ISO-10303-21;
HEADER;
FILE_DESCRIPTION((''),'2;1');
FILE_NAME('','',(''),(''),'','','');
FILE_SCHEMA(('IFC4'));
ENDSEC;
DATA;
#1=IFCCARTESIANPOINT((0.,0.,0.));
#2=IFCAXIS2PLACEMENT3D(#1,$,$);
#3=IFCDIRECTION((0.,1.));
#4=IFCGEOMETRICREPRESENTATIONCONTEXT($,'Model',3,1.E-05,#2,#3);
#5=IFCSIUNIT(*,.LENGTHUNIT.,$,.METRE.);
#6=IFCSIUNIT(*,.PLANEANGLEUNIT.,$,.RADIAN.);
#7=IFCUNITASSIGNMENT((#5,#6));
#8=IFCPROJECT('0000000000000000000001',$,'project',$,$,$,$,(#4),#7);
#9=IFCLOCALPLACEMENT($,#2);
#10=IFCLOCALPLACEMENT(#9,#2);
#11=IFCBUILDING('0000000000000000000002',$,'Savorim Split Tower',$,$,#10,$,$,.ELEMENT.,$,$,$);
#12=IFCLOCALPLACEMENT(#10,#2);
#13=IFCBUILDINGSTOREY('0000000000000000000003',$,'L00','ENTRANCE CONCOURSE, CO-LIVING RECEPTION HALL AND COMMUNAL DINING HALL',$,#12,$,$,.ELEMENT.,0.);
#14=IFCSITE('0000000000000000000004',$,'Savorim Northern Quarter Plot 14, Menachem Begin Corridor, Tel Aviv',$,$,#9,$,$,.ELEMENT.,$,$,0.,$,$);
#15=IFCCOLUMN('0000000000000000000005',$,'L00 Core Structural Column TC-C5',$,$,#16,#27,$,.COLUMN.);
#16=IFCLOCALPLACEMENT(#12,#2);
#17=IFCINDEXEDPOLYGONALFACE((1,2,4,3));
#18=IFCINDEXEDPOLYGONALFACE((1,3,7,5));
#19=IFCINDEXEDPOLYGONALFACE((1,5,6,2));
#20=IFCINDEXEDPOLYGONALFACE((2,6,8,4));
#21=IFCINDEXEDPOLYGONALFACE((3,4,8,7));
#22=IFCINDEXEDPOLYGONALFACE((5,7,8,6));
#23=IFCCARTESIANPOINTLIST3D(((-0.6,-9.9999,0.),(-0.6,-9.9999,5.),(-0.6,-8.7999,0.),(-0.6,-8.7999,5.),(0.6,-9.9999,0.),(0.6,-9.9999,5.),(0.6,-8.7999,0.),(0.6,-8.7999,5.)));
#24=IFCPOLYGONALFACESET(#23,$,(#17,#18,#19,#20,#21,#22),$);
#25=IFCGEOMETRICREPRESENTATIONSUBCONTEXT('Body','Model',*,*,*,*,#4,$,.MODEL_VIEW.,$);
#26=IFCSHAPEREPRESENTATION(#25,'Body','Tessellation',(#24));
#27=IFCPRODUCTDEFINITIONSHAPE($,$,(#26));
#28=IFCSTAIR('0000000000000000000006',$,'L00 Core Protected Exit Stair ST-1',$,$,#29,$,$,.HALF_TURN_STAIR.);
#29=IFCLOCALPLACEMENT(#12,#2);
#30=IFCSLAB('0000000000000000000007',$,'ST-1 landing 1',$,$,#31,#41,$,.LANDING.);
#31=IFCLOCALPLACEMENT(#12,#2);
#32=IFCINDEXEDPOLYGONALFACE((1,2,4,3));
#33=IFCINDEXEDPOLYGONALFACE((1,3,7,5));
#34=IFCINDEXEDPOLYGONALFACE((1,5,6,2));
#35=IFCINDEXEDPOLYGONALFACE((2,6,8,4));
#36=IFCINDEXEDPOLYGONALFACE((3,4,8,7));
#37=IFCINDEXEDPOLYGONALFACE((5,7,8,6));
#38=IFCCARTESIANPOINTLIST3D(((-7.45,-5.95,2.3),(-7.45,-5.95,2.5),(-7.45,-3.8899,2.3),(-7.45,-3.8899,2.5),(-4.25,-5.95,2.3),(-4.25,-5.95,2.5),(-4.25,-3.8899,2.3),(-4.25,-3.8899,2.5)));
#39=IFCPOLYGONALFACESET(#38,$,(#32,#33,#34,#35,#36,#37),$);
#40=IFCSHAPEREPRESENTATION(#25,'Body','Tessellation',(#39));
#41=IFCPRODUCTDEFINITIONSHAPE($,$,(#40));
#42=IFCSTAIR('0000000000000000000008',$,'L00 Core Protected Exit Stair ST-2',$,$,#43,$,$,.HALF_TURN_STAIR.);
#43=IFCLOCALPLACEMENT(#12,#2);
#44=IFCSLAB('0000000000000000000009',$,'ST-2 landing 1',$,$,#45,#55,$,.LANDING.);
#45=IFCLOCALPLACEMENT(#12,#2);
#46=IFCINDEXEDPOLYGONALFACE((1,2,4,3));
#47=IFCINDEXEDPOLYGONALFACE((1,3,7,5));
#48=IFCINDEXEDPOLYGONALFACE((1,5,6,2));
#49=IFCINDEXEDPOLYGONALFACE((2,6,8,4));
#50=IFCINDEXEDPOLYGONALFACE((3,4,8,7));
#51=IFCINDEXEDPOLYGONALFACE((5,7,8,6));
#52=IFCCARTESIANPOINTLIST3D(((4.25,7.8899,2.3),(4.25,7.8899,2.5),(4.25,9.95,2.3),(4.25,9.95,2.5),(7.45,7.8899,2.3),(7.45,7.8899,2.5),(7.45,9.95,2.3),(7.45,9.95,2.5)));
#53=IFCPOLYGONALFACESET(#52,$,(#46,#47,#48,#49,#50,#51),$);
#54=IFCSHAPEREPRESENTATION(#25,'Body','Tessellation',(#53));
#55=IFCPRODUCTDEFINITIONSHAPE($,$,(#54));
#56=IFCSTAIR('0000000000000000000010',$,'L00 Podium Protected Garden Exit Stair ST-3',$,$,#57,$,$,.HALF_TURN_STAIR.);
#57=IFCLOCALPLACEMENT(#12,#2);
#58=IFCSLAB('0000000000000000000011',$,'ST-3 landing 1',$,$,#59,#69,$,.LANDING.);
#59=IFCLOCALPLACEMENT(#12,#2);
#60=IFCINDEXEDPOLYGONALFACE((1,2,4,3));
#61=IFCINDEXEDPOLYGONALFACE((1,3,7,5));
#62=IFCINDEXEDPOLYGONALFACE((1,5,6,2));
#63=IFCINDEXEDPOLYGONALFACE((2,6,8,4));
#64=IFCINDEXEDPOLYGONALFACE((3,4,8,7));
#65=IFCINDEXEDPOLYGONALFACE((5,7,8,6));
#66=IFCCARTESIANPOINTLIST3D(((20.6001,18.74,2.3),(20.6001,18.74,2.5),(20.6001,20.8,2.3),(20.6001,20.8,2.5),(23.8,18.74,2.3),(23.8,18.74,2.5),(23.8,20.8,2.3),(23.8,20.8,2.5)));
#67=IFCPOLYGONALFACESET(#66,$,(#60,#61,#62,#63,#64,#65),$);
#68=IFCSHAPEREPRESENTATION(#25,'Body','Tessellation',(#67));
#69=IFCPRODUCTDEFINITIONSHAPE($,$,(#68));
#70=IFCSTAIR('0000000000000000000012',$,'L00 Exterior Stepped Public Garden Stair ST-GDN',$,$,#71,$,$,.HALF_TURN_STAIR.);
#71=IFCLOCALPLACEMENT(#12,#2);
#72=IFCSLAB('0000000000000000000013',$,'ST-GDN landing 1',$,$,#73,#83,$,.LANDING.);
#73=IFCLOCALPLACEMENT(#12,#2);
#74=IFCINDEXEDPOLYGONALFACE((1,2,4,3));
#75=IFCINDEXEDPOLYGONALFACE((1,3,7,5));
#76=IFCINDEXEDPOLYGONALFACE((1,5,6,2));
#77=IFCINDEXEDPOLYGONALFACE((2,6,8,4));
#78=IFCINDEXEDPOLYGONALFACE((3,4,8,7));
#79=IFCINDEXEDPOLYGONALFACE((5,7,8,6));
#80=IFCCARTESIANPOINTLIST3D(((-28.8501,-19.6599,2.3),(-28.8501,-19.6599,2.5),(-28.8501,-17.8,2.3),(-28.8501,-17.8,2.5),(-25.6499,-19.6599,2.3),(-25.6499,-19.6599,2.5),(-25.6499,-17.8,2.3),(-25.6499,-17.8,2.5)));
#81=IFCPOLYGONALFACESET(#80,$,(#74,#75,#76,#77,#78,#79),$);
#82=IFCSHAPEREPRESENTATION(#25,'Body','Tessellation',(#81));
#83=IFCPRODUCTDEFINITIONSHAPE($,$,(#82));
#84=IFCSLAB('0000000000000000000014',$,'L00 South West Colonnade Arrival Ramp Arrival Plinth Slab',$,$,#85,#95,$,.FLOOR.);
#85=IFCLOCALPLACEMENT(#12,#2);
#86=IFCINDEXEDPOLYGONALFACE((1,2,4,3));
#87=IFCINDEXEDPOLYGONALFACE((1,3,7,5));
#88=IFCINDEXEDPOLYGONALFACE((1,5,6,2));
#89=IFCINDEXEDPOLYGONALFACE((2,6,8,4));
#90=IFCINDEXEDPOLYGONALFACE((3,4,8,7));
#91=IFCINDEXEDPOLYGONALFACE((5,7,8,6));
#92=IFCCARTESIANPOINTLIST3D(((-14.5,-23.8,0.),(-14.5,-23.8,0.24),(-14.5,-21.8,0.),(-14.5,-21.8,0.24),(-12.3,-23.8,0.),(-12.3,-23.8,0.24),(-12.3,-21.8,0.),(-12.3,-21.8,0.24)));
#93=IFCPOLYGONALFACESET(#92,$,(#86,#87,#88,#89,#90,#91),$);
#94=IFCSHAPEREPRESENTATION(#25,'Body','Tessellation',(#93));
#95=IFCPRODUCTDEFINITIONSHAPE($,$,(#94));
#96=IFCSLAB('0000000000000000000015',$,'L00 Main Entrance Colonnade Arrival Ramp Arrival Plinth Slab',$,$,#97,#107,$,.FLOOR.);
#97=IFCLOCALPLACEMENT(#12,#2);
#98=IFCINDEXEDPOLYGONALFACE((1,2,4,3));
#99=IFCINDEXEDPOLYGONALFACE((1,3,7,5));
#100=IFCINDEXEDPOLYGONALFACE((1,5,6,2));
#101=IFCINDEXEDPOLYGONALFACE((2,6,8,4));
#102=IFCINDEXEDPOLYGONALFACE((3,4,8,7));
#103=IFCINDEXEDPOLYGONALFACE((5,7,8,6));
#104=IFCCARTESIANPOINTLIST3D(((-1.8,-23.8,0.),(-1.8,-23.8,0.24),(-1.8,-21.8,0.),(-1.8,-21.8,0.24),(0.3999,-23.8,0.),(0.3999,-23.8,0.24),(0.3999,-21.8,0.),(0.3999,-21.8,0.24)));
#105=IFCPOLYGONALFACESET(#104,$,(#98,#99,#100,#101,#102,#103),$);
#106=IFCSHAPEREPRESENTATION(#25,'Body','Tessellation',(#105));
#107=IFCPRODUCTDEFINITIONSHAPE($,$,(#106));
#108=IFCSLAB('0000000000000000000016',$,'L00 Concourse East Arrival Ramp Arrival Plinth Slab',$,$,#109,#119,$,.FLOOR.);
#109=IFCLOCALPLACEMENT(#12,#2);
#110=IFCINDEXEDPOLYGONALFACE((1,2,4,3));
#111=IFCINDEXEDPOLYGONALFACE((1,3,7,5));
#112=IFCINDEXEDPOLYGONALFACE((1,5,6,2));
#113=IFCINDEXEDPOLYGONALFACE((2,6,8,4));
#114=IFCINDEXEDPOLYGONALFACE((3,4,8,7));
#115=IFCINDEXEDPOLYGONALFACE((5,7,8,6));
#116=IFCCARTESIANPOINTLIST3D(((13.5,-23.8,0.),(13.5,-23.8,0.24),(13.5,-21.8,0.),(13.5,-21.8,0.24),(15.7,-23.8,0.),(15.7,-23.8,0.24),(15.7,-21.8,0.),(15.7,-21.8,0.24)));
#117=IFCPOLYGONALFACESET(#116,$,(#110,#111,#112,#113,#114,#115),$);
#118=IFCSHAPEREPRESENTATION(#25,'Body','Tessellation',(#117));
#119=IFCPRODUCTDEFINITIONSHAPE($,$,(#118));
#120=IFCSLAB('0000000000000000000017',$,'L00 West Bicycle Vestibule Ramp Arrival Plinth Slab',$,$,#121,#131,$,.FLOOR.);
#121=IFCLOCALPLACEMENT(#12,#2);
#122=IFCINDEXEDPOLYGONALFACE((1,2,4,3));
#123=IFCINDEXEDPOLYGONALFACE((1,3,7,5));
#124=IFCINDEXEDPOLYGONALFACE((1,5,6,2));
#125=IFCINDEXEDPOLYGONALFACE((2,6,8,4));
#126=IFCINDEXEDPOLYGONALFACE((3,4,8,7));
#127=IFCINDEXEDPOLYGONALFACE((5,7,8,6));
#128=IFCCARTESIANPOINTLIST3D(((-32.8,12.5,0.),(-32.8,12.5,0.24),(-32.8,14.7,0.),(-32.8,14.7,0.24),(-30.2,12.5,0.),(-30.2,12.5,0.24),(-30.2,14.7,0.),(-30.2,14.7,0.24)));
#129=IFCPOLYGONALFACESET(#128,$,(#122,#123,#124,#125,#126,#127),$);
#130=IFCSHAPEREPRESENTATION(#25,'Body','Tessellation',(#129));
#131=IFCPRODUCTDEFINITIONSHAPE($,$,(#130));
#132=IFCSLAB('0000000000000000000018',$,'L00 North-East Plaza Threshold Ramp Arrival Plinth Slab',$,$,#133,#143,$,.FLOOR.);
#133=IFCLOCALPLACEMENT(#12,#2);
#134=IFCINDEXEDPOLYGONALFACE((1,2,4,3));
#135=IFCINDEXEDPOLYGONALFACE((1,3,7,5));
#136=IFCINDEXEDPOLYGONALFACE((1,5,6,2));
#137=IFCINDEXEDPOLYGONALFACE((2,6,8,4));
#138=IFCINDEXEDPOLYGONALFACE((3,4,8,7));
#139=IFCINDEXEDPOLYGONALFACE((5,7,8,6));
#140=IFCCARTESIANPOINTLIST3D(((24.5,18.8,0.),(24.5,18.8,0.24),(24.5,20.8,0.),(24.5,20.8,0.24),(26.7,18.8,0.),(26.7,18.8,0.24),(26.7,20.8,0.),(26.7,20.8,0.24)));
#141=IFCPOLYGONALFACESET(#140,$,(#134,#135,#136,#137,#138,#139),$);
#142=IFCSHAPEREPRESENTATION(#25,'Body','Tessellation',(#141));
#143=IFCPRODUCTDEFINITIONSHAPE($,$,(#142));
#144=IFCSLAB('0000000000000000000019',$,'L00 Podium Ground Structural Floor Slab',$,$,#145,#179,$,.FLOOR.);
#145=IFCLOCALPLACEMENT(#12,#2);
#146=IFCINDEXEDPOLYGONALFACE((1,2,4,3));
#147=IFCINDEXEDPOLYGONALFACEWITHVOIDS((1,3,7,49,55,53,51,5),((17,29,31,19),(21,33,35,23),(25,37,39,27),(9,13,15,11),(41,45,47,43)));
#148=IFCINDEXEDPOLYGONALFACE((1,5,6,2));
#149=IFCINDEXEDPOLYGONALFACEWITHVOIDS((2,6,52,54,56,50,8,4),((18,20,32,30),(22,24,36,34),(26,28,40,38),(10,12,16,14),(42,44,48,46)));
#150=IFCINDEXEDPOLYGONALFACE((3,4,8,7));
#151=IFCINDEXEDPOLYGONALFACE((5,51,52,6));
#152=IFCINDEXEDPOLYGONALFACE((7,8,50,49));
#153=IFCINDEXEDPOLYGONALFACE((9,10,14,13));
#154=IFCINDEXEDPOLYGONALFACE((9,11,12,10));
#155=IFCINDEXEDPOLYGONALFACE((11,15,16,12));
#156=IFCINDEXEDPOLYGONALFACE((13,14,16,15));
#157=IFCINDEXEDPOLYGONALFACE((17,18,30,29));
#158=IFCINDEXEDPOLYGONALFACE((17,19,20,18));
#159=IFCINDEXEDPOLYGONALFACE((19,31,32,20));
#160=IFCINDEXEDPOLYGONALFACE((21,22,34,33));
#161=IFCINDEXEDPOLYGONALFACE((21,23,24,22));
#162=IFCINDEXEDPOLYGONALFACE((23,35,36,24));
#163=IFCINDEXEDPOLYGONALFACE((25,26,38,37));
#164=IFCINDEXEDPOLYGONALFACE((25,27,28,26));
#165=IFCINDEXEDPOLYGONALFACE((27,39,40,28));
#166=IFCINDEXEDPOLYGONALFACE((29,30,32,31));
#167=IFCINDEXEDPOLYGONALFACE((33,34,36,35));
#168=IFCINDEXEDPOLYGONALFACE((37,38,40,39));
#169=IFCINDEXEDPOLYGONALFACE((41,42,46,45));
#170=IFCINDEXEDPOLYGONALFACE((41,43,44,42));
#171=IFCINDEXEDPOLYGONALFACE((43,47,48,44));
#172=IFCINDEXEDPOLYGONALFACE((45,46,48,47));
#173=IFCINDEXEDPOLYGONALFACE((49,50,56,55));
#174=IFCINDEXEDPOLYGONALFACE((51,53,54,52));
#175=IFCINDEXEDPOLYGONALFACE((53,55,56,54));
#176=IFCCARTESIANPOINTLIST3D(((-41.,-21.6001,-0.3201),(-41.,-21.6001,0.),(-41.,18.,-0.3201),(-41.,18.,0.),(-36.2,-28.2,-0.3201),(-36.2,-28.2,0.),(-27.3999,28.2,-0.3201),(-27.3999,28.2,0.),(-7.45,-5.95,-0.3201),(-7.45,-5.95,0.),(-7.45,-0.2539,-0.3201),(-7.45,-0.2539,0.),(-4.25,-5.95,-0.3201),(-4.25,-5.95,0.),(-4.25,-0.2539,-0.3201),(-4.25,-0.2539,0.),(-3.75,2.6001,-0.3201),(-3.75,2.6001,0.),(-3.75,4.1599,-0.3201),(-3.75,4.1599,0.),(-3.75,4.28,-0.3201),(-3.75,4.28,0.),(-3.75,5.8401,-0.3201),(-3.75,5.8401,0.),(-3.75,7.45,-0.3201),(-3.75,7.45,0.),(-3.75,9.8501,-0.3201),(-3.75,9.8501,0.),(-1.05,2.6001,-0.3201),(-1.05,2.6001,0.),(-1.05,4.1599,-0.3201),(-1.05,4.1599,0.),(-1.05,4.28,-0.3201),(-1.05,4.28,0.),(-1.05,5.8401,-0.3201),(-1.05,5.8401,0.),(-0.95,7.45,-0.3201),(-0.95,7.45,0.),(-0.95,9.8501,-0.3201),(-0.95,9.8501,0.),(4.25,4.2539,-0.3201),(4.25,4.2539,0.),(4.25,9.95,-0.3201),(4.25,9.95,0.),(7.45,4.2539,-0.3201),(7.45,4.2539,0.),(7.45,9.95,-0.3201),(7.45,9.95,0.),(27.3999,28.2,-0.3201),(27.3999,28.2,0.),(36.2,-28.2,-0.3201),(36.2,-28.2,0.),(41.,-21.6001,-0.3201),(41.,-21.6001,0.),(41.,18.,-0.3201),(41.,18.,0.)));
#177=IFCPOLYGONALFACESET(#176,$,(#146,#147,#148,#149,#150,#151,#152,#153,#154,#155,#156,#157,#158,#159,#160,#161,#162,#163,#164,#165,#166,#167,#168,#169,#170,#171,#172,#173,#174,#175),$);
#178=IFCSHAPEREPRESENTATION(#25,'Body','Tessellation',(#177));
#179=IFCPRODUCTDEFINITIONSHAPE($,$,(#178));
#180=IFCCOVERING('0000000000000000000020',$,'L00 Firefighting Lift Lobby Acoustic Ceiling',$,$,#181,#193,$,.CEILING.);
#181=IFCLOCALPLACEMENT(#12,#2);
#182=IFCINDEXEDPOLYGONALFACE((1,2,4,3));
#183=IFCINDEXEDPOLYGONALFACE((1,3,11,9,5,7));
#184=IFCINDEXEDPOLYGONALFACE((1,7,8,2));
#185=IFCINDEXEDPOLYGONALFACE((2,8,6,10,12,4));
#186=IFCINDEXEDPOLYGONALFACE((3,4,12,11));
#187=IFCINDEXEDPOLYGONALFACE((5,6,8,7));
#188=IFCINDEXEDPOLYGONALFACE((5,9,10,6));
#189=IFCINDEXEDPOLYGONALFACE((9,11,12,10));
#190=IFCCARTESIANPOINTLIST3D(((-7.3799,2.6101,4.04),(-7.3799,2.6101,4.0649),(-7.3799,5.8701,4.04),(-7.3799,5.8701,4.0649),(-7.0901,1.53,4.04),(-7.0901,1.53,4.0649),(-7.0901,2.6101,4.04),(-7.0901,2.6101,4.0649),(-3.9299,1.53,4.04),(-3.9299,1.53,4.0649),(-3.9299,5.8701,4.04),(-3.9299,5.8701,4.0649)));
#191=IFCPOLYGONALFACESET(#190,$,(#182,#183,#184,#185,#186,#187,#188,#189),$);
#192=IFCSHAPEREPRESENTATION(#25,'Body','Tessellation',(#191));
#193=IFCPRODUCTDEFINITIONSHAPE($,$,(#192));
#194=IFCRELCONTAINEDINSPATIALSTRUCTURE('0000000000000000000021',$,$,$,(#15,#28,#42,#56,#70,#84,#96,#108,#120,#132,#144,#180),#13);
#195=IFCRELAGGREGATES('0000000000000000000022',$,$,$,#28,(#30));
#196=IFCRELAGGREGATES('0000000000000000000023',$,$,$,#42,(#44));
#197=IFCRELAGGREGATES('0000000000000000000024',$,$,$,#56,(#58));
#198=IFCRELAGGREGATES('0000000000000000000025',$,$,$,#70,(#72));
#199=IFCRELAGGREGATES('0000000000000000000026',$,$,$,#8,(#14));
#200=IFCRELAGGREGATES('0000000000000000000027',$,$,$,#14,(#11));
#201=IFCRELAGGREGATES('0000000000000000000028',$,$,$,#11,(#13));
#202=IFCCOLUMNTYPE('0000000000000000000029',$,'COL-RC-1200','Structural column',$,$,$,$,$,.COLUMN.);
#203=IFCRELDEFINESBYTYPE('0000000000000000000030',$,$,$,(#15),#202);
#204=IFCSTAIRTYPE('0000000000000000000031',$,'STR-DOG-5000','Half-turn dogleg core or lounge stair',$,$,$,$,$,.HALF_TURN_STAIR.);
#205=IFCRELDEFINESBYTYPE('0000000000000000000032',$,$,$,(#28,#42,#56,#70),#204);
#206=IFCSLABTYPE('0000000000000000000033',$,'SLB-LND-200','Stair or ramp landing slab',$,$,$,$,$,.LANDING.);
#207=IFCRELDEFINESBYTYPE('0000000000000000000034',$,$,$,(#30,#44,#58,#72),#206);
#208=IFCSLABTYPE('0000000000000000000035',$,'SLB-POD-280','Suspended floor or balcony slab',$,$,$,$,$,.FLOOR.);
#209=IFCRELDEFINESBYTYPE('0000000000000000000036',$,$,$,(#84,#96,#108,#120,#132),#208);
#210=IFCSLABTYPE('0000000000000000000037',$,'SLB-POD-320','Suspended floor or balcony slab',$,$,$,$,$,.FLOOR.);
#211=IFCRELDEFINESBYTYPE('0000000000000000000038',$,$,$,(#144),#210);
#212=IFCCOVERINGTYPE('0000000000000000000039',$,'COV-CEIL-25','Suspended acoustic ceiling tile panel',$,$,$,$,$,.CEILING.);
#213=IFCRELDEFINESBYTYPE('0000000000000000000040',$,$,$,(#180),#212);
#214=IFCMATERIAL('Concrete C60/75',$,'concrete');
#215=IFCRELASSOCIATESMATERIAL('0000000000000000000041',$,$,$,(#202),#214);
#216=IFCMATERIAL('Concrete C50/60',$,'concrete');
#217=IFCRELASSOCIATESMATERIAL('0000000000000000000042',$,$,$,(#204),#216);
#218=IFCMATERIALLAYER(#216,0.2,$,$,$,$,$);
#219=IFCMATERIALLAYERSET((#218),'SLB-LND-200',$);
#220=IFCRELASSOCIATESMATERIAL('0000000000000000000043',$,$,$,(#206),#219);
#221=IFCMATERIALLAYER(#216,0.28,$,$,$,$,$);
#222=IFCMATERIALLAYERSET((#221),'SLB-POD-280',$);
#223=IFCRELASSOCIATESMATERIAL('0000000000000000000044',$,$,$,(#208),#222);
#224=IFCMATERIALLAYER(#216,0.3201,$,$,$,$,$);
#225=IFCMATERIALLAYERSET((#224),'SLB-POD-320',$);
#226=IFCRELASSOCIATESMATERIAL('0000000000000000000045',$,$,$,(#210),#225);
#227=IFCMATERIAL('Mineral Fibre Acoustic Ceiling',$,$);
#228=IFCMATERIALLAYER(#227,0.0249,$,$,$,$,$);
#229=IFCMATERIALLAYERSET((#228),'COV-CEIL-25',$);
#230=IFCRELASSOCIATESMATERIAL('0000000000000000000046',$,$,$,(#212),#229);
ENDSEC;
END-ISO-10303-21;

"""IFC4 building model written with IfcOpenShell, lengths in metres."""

from ifc_helpers import new_model, si_unit, direction, frame, origin, origin_2d, place, context, subcontext, project, spatial, polyline, rectangle, outline, extrude, material, layer, layer_set, material_profile, profile_set, type_object, element, aggregate, save


model = new_model("IFC4")

# Units and contexts
model_context = context("Model", 3, precision=1e-05, world=origin(), true_north=direction((0.0, 1.0)))
body_context = subcontext(model_context, "Body", "Model", "MODEL_VIEW")
ifc_project = project(units=[si_unit("LENGTHUNIT", "METRE"), si_unit("PLANEANGLEUNIT", "RADIAN")], contexts=[model_context])

# Site, building, storey
site_placement = place(None, origin())
site = spatial("IfcSite", under=ifc_project, at=site_placement, Name="Savorim Northern Quarter Plot 14, Menachem Begin Corridor, Tel Aviv", CompositionType="ELEMENT", RefElevation=0.0)
building_placement = place(site_placement, origin())
building = spatial("IfcBuilding", under=site, at=building_placement, Name="Savorim Split Tower", CompositionType="ELEMENT")
storey_placement = place(building_placement, origin())
storey = spatial("IfcBuildingStorey", under=building, at=storey_placement, Name="L00", Description="ENTRANCE CONCOURSE, CO-LIVING RECEPTION HALL AND COMMUNAL DINING HALL", CompositionType="ELEMENT", Elevation=0.0)

# Column
ifc_material_1 = material(Name="Concrete C60/75", Category="concrete")
ifc_material_profile = material_profile(ifc_material_1, rectangle(XDim=1.2, YDim=1.2, at=origin_2d()), Name="RC 1200x1200")
ifc_profile_set = profile_set([ifc_material_profile], Name="Concrete C60/75")
column_type = type_object("IfcColumnType", Name="COL-RC-1200", Description="Structural column", PredefinedType="COLUMN", material=ifc_profile_set)
column_placement = place(storey_placement, frame((0.0, -9.3999, 0.0), z_axis=(0.0, 0.0, 1.0), x_axis=(1.0, 0.0, 0.0)))
element("IfcColumn", 1, at=column_placement, inside=storey, type_object=column_type, Name="L00 Core Structural Column TC-C5", PredefinedType="COLUMN", context=body_context, shape_type="SweptSolid", body=[
    extrude(rectangle(XDim=1.2, YDim=1.2, at=origin_2d()), origin(), (0.0, 0.0, 1.0), 5.0),
])

# Stairs, slabs
ifc_material_2 = material(Name="Concrete C50/60", Category="concrete")
stair_type = type_object("IfcStairType", Name="STR-DOG-5000", Description="Half-turn dogleg core or lounge stair", PredefinedType="HALF_TURN_STAIR", material=ifc_material_2)
stair_1_placement = place(storey_placement, origin())
stair_1 = element("IfcStair", 2, at=stair_1_placement, inside=storey, type_object=stair_type, Name="L00 Core Protected Exit Stair ST-1", PredefinedType="HALF_TURN_STAIR")
ifc_layer_1 = layer(ifc_material_2, 0.2)
ifc_layer_set_1 = layer_set([ifc_layer_1], Name="SLB-LND-200")
slab_type_1 = type_object("IfcSlabType", Name="SLB-LND-200", Description="Stair or ramp landing slab", PredefinedType="LANDING", material=ifc_layer_set_1)
slab_1_placement = place(storey_placement, frame((0.0, 0.0, 2.3)))
slab_1 = element("IfcSlab", 3, at=slab_1_placement, type_object=slab_type_1, Name="ST-1 landing 1", PredefinedType="LANDING", context=body_context, shape_type="SweptSolid", body=[
    extrude(outline(polyline([(-7.45, -3.8899), (-7.45, -5.95), (-4.25, -5.95), (-4.25, -3.8899), (-7.45, -3.8899)])), origin(), (0.0, 0.0, 1.0), 0.2),
])
aggregate(stair_1, [slab_1])
stair_2_placement = place(storey_placement, origin())
stair_2 = element("IfcStair", 4, at=stair_2_placement, inside=storey, type_object=stair_type, Name="L00 Core Protected Exit Stair ST-2", PredefinedType="HALF_TURN_STAIR")
slab_2_placement = place(storey_placement, frame((0.0, 0.0, 2.3)))
slab_2 = element("IfcSlab", 5, at=slab_2_placement, type_object=slab_type_1, Name="ST-2 landing 1", PredefinedType="LANDING", context=body_context, shape_type="SweptSolid", body=[
    extrude(outline(polyline([(7.45, 7.8899), (7.45, 9.95), (4.25, 9.95), (4.25, 7.8899), (7.45, 7.8899)])), origin(), (0.0, 0.0, 1.0), 0.2),
])
aggregate(stair_2, [slab_2])
stair_3_placement = place(storey_placement, origin())
stair_3 = element("IfcStair", 6, at=stair_3_placement, inside=storey, type_object=stair_type, Name="L00 Podium Protected Garden Exit Stair ST-3", PredefinedType="HALF_TURN_STAIR")
slab_3_placement = place(storey_placement, frame((0.0, 0.0, 2.3)))
slab_3 = element("IfcSlab", 7, at=slab_3_placement, type_object=slab_type_1, Name="ST-3 landing 1", PredefinedType="LANDING", context=body_context, shape_type="SweptSolid", body=[
    extrude(outline(polyline([(23.8, 18.74), (23.8, 20.8), (20.6001, 20.8), (20.6001, 18.74), (23.8, 18.74)])), origin(), (0.0, 0.0, 1.0), 0.2),
])
aggregate(stair_3, [slab_3])
stair_4_placement = place(storey_placement, origin())
stair_4 = element("IfcStair", 8, at=stair_4_placement, inside=storey, type_object=stair_type, Name="L00 Exterior Stepped Public Garden Stair ST-GDN", PredefinedType="HALF_TURN_STAIR")
slab_4_placement = place(storey_placement, frame((0.0, 0.0, 2.3)))
slab_4 = element("IfcSlab", 9, at=slab_4_placement, type_object=slab_type_1, Name="ST-GDN landing 1", PredefinedType="LANDING", context=body_context, shape_type="SweptSolid", body=[
    extrude(outline(polyline([(-25.6499, -19.6599), (-25.6499, -17.8), (-28.8501, -17.8), (-28.8501, -19.6599), (-25.6499, -19.6599)])), origin(), (0.0, 0.0, 1.0), 0.2),
])
aggregate(stair_4, [slab_4])

# Slabs
ifc_layer_2 = layer(ifc_material_2, 0.28)
ifc_layer_set_2 = layer_set([ifc_layer_2], Name="SLB-POD-280")
slab_type_2 = type_object("IfcSlabType", Name="SLB-POD-280", Description="Suspended floor or balcony slab", PredefinedType="FLOOR", material=ifc_layer_set_2)
slab_5_placement = place(storey_placement, origin())
element("IfcSlab", 10, at=slab_5_placement, inside=storey, type_object=slab_type_2, Name="L00 South West Colonnade Arrival Ramp Arrival Plinth Slab", PredefinedType="FLOOR", context=body_context, shape_type="SweptSolid", body=[
    extrude(outline(polyline([(-14.5, -23.8), (-12.3, -23.8), (-12.3, -21.8), (-14.5, -21.8), (-14.5, -23.8)])), origin(), (0.0, 0.0, 1.0), 0.24),
])
slab_6_placement = place(storey_placement, origin())
element("IfcSlab", 11, at=slab_6_placement, inside=storey, type_object=slab_type_2, Name="L00 Main Entrance Colonnade Arrival Ramp Arrival Plinth Slab", PredefinedType="FLOOR", context=body_context, shape_type="SweptSolid", body=[
    extrude(outline(polyline([(-1.8, -23.8), (0.3999, -23.8), (0.3999, -21.8), (-1.8, -21.8), (-1.8, -23.8)])), origin(), (0.0, 0.0, 1.0), 0.24),
])
slab_7_placement = place(storey_placement, origin())
element("IfcSlab", 12, at=slab_7_placement, inside=storey, type_object=slab_type_2, Name="L00 Concourse East Arrival Ramp Arrival Plinth Slab", PredefinedType="FLOOR", context=body_context, shape_type="SweptSolid", body=[
    extrude(outline(polyline([(13.5, -23.8), (15.7, -23.8), (15.7, -21.8), (13.5, -21.8), (13.5, -23.8)])), origin(), (0.0, 0.0, 1.0), 0.24),
])
slab_8_placement = place(storey_placement, origin())
element("IfcSlab", 13, at=slab_8_placement, inside=storey, type_object=slab_type_2, Name="L00 West Bicycle Vestibule Ramp Arrival Plinth Slab", PredefinedType="FLOOR", context=body_context, shape_type="SweptSolid", body=[
    extrude(outline(polyline([(-32.8, 12.5), (-30.2, 12.5), (-30.2, 14.7), (-32.8, 14.7), (-32.8, 12.5)])), origin(), (0.0, 0.0, 1.0), 0.24),
])
slab_9_placement = place(storey_placement, origin())
element("IfcSlab", 14, at=slab_9_placement, inside=storey, type_object=slab_type_2, Name="L00 North-East Plaza Threshold Ramp Arrival Plinth Slab", PredefinedType="FLOOR", context=body_context, shape_type="SweptSolid", body=[
    extrude(outline(polyline([(24.5, 18.8), (26.7, 18.8), (26.7, 20.8), (24.5, 20.8), (24.5, 18.8)])), origin(), (0.0, 0.0, 1.0), 0.24),
])
ifc_layer_3 = layer(ifc_material_2, 0.3201)
ifc_layer_set_3 = layer_set([ifc_layer_3], Name="SLB-POD-320")
slab_type_3 = type_object("IfcSlabType", Name="SLB-POD-320", Description="Suspended floor or balcony slab", PredefinedType="FLOOR", material=ifc_layer_set_3)
slab_10_placement = place(storey_placement, frame((0.0, 0.0, -0.3201)))
element("IfcSlab", 15, at=slab_10_placement, inside=storey, type_object=slab_type_3, Name="L00 Podium Ground Structural Floor Slab", PredefinedType="FLOOR", context=body_context, shape_type="SweptSolid", body=[
    extrude(outline(polyline([(-36.2, -28.2), (36.2, -28.2), (41.0, -21.6001), (41.0, 18.0), (27.3999, 28.2), (-27.3999, 28.2), (-41.0, 18.0), (-41.0, -21.6001), (-36.2, -28.2)]), holes=[polyline([(-7.45, -0.2539), (-7.45, -5.95), (-4.25, -5.95), (-4.25, -0.2539), (-7.45, -0.2539)]), polyline([(7.45, 4.2539), (7.45, 9.95), (4.25, 9.95), (4.25, 4.2539), (7.45, 4.2539)]), polyline([(-3.75, 2.6001), (-1.05, 2.6001), (-1.05, 4.1599), (-3.75, 4.1599), (-3.75, 2.6001)]), polyline([(-3.75, 4.28), (-1.05, 4.28), (-1.05, 5.8401), (-3.75, 5.8401), (-3.75, 4.28)]), polyline([(-3.75, 7.45), (-0.95, 7.45), (-0.95, 9.8501), (-3.75, 9.8501), (-3.75, 7.45)])]), origin(), (0.0, 0.0, 1.0), 0.3201),
])

# Covering
ifc_material_3 = material(Name="Mineral Fibre Acoustic Ceiling")
ifc_layer_4 = layer(ifc_material_3, 0.0249)
ifc_layer_set_4 = layer_set([ifc_layer_4], Name="COV-CEIL-25")
covering_type_1 = type_object("IfcCoveringType", Name="COV-CEIL-25", Description="Suspended acoustic ceiling tile panel", PredefinedType="CEILING", material=ifc_layer_set_4)
covering_1_placement = place(storey_placement, frame((0.0, 0.0, 4.04)))
element("IfcCovering", 16, at=covering_1_placement, inside=storey, type_object=covering_type_1, Name="L00 Firefighting Lift Lobby Acoustic Ceiling", PredefinedType="CEILING", context=body_context, shape_type="SweptSolid", body=[
    extrude(outline(polyline([(-3.9299, 5.8701), (-7.3799, 5.8701), (-7.3799, 2.6101), (-7.0901, 2.6101), (-7.0901, 1.53), (-3.9299, 1.53), (-3.9299, 5.8701)])), origin(), (0.0, 0.0, 1.0), 0.0249),
])

save(model, "model.ifc")
